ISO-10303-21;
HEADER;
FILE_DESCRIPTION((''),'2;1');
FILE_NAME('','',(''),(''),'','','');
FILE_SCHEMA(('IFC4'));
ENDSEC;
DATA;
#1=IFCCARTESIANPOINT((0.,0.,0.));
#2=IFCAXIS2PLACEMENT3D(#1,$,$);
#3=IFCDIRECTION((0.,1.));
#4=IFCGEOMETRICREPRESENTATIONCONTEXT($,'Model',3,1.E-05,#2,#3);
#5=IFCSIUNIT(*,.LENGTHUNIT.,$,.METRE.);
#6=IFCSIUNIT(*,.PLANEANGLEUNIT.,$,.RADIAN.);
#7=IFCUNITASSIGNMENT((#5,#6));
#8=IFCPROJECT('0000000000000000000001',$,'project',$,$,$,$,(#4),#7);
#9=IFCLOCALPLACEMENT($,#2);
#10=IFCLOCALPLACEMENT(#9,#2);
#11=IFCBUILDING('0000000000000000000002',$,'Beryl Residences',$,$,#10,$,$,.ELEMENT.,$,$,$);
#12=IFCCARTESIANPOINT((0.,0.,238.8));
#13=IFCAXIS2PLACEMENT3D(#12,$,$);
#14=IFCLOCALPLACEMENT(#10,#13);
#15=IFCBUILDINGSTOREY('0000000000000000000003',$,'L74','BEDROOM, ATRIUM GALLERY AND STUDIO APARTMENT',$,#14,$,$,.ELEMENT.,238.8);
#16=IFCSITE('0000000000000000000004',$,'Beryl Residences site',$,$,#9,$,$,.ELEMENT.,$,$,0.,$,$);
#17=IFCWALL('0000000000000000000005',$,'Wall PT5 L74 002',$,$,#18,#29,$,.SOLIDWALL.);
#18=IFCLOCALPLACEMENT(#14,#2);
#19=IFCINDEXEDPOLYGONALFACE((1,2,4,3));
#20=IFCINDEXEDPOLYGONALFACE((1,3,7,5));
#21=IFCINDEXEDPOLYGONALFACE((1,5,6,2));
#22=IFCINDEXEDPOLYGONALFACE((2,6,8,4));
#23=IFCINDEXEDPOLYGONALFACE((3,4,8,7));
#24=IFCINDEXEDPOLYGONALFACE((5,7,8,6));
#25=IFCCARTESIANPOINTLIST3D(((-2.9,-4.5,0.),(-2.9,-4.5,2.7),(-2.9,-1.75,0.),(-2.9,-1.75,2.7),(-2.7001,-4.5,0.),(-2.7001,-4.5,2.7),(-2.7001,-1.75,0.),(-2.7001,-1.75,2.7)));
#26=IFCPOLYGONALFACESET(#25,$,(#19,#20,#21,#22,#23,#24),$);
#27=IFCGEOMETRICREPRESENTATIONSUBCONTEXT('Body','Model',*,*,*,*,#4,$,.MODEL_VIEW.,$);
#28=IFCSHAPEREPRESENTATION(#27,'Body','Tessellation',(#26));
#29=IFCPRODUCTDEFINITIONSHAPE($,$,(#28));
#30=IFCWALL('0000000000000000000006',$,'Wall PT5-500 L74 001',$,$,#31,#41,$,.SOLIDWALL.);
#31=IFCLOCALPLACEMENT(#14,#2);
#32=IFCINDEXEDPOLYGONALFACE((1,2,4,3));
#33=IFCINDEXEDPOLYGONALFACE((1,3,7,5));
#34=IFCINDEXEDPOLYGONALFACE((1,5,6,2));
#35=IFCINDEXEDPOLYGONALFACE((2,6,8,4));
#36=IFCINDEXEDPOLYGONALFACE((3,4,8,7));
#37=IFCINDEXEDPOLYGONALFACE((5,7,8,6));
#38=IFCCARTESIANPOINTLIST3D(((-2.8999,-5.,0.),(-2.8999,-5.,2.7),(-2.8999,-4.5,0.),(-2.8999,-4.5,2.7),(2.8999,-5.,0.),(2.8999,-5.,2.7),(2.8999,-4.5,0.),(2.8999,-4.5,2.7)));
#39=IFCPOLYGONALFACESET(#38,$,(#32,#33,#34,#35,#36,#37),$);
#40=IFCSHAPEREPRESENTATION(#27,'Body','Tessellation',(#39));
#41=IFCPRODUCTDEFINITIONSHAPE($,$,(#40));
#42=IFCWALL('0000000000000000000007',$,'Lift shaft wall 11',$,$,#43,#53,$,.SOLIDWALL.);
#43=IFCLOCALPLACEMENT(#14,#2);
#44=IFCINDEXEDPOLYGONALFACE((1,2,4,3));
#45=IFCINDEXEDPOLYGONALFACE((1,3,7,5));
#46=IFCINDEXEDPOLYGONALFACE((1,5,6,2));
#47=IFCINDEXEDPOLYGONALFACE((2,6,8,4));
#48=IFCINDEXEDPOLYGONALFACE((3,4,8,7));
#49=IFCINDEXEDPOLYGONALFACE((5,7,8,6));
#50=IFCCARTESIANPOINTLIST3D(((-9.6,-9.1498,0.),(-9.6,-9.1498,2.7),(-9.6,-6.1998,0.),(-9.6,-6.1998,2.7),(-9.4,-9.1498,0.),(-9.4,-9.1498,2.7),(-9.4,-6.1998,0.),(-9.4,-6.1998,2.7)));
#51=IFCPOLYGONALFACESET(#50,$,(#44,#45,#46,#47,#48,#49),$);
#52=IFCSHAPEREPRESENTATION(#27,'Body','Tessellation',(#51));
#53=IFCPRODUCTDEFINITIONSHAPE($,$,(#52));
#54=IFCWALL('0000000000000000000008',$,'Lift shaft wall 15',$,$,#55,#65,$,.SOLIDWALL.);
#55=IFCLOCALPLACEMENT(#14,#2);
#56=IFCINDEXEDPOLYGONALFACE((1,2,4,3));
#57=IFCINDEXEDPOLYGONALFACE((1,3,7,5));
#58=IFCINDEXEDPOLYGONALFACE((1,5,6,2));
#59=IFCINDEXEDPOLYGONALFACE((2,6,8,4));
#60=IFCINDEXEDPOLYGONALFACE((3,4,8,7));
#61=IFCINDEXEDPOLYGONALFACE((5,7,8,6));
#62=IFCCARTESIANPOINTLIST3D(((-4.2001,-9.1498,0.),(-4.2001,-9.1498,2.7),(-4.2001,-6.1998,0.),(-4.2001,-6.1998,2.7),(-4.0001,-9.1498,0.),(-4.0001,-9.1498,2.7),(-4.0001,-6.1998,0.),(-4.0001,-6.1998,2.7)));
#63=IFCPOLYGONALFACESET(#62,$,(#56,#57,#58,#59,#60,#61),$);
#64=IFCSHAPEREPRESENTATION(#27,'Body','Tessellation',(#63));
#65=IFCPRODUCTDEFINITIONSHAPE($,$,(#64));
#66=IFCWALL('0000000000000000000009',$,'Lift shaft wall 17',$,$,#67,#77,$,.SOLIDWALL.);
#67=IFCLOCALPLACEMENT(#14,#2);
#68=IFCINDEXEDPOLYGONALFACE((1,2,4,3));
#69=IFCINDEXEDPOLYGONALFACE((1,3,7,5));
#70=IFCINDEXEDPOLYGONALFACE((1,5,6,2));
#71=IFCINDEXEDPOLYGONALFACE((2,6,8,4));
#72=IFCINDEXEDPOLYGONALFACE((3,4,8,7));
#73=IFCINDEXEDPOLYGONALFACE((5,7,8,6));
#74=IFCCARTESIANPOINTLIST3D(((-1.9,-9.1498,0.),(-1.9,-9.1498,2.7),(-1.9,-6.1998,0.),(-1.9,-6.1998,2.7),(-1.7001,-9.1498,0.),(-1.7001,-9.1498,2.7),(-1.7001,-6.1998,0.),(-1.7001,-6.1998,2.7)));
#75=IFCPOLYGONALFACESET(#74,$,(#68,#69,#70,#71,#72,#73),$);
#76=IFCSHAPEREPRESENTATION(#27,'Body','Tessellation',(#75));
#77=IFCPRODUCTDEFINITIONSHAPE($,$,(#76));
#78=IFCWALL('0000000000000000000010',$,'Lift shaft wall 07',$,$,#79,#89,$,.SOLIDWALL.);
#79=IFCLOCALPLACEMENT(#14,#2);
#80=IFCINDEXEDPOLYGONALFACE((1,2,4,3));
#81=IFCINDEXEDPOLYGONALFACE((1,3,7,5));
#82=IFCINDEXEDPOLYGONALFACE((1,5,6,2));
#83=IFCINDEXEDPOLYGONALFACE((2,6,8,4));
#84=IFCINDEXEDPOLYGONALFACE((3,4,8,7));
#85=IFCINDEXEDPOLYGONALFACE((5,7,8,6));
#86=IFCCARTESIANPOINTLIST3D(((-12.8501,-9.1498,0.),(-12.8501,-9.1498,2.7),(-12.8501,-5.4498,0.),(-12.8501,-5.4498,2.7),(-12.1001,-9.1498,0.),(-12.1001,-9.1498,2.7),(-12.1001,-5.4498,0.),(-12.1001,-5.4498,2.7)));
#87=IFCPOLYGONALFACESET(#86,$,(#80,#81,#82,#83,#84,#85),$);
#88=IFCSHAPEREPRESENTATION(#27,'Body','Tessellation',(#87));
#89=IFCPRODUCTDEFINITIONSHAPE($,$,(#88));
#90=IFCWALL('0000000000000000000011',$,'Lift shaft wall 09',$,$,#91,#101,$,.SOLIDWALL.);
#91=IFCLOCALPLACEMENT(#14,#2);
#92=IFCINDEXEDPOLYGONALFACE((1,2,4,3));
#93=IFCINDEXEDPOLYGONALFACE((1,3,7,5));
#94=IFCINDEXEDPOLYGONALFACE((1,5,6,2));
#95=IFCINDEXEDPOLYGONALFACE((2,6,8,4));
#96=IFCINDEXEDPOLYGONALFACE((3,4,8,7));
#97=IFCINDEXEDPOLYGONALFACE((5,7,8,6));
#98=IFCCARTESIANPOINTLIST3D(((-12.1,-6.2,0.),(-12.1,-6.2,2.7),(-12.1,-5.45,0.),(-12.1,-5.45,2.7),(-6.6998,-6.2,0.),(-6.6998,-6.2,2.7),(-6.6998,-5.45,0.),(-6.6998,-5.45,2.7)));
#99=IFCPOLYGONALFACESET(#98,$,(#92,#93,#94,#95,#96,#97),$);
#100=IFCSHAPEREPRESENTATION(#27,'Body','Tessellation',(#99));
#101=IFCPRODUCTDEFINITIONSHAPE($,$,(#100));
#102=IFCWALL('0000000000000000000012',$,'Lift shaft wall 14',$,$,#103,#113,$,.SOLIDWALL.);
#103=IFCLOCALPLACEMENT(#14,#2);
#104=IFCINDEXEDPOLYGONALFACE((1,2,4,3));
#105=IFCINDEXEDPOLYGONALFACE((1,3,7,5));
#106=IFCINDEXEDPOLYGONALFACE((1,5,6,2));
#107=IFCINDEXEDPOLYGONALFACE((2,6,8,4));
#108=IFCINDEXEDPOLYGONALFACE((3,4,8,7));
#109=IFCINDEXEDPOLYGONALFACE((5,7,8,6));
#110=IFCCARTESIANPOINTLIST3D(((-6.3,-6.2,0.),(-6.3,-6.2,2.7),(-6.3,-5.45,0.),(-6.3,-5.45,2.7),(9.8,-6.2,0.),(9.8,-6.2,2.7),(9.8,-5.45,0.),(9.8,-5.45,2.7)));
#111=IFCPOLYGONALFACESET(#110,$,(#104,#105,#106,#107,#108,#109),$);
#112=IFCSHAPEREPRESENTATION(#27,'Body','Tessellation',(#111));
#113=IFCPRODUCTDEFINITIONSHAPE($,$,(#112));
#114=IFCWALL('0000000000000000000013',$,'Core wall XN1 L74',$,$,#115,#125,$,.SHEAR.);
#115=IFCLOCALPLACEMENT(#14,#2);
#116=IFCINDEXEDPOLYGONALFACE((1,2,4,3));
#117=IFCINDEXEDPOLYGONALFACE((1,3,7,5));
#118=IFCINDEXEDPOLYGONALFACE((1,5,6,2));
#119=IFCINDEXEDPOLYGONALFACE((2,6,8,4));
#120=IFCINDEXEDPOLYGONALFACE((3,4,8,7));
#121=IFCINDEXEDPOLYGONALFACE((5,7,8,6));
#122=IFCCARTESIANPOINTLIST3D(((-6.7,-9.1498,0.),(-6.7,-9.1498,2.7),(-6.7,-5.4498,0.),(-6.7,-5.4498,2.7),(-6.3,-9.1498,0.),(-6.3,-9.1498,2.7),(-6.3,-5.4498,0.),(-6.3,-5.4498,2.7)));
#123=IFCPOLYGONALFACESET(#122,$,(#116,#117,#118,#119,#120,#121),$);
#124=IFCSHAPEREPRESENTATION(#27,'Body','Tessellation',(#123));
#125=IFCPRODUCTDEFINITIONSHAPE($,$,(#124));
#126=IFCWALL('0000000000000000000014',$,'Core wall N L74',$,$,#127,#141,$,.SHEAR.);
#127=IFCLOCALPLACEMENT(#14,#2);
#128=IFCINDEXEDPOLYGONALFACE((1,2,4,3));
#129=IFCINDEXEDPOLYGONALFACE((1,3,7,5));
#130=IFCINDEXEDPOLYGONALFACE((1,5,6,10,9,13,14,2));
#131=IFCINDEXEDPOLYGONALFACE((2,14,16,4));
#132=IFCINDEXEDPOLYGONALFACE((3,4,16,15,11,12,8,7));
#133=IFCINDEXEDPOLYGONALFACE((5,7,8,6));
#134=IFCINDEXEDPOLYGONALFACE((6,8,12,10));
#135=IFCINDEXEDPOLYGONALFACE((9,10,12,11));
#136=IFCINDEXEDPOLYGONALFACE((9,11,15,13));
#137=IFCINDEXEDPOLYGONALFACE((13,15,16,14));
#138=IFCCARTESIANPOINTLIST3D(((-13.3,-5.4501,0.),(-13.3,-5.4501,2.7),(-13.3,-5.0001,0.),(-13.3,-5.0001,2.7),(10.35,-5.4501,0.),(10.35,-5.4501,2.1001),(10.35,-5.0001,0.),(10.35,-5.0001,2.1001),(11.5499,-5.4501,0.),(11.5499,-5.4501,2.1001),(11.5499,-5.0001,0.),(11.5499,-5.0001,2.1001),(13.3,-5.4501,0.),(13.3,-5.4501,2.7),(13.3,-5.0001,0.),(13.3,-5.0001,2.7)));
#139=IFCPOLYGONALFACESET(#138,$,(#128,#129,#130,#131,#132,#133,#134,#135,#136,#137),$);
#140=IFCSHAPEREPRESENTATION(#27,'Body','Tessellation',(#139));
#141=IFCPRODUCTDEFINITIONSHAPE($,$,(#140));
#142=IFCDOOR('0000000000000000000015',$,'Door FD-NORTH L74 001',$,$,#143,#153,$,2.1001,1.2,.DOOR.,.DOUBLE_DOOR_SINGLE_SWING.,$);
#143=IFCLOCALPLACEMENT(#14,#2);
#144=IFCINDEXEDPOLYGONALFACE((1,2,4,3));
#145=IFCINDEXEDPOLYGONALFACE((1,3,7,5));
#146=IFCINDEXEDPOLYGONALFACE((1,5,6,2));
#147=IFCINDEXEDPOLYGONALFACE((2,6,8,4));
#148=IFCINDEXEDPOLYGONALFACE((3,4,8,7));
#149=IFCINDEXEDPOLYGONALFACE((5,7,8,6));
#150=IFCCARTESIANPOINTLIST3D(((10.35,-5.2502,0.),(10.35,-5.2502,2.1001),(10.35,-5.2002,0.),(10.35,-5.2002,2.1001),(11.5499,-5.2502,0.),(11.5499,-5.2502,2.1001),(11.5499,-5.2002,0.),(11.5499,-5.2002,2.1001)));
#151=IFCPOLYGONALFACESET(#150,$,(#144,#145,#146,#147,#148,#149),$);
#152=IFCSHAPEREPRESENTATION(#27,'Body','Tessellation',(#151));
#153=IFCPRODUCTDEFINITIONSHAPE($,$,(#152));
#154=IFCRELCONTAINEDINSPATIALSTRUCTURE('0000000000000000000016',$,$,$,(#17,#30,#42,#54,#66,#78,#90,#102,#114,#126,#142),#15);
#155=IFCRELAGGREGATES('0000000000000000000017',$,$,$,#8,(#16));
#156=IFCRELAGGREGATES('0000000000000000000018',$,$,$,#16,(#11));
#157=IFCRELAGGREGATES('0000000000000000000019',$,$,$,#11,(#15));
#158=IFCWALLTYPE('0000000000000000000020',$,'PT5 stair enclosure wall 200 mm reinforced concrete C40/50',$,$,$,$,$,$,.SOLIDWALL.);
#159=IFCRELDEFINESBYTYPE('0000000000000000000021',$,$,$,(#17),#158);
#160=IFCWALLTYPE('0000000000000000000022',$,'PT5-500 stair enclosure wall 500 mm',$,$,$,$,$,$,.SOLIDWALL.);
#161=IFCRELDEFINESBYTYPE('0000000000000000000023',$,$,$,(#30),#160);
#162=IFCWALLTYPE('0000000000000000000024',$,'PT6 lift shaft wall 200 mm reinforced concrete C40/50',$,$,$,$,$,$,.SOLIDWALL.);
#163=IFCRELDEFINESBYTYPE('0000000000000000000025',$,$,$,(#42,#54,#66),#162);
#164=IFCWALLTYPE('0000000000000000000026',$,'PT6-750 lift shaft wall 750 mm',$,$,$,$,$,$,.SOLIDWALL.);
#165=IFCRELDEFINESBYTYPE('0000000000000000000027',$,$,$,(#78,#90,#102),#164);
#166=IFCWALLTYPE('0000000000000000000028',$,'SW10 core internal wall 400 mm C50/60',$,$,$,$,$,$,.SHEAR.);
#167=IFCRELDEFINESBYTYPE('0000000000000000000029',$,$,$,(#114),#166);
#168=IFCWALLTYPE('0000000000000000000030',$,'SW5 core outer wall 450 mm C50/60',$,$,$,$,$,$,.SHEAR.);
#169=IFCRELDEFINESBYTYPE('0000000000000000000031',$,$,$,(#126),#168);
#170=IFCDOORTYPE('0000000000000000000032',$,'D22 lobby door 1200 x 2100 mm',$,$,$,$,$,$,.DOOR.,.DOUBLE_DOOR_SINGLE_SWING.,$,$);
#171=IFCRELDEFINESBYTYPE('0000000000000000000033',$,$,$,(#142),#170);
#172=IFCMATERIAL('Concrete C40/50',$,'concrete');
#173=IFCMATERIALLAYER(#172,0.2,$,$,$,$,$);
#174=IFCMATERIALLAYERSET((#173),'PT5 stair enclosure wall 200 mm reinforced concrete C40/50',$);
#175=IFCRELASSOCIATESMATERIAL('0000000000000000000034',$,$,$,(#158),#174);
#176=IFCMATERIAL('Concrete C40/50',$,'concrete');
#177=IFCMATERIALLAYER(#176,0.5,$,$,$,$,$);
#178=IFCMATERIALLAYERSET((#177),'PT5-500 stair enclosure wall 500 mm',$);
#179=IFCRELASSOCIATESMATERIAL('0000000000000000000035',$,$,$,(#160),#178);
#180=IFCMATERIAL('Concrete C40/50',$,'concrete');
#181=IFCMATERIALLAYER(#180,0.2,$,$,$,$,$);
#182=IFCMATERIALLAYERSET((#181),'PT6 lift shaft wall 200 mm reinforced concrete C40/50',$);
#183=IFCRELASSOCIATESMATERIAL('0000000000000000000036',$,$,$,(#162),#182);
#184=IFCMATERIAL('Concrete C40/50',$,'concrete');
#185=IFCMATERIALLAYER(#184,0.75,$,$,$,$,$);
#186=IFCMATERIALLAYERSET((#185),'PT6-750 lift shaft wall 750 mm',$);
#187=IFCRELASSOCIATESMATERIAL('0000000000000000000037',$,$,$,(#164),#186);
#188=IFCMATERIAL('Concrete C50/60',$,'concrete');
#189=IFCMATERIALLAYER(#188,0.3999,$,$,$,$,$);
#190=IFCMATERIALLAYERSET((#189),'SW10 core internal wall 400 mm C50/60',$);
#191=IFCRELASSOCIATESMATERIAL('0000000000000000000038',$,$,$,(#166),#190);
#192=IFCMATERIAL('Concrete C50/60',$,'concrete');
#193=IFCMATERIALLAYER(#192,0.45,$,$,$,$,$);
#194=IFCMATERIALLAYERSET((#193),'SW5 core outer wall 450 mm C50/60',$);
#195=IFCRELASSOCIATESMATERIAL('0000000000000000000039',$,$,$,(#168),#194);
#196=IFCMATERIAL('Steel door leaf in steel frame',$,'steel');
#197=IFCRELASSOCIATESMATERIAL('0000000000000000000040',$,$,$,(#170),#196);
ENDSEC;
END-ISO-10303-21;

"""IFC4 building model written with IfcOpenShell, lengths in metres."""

from ifc_helpers import new_model, si_unit, direction, frame, frame_2d, origin, place, context, subcontext, project, spatial, rectangle, extrude, material, layer, layer_set, type_object, element, fill, save


model = new_model("IFC4")

# Units and contexts
model_context = context("Model", 3, precision=1e-05, world=origin(), true_north=direction((0.0, 1.0)))
body_context = subcontext(model_context, "Body", "Model", "MODEL_VIEW")
ifc_project = project(units=[si_unit("LENGTHUNIT", "METRE"), si_unit("PLANEANGLEUNIT", "RADIAN")], contexts=[model_context])

# Site, building, storey
site_placement = place(None, origin())
site = spatial("IfcSite", under=ifc_project, at=site_placement, Name="Beryl Residences site", CompositionType="ELEMENT", RefElevation=0.0)
building_placement = place(site_placement, origin())
building = spatial("IfcBuilding", under=site, at=building_placement, Name="Beryl Residences", CompositionType="ELEMENT")
storey_placement = place(building_placement, frame((0.0, 0.0, 238.8)))
storey = spatial("IfcBuildingStorey", under=building, at=storey_placement, Name="L74", Description="BEDROOM, ATRIUM GALLERY AND STUDIO APARTMENT", CompositionType="ELEMENT", Elevation=238.8)

# Walls
ifc_material_1 = material(Name="Concrete C40/50", Category="concrete")
ifc_layer_1 = layer(ifc_material_1, 0.2)
ifc_layer_set_1 = layer_set([ifc_layer_1], Name="PT5 stair enclosure wall 200 mm reinforced concrete C40/50")
wall_type_1 = type_object("IfcWallType", Name="PT5 stair enclosure wall 200 mm reinforced concrete C40/50", PredefinedType="SOLIDWALL", material=ifc_layer_set_1)
wall_1_placement = place(storey_placement, frame((-2.8, -4.5, 0.0), z_axis=(0.0, 0.0, 1.0), x_axis=(0.0, 1.0, 0.0)))
element("IfcWall", 1, at=wall_1_placement, inside=storey, type_object=wall_type_1, Name="Wall PT5 L74 002", PredefinedType="SOLIDWALL", context=body_context, shape_type="SweptSolid", body=[
    extrude(rectangle(XDim=2.75, YDim=0.2, at=frame_2d((1.375, 0.0))), origin(), (0.0, 0.0, 1.0), 2.7),
])
ifc_material_2 = material(Name="Concrete C40/50", Category="concrete")
ifc_layer_2 = layer(ifc_material_2, 0.5)
ifc_layer_set_2 = layer_set([ifc_layer_2], Name="PT5-500 stair enclosure wall 500 mm")
wall_type_2 = type_object("IfcWallType", Name="PT5-500 stair enclosure wall 500 mm", PredefinedType="SOLIDWALL", material=ifc_layer_set_2)
wall_2_placement = place(storey_placement, frame((-2.8999, -4.75, 0.0), z_axis=(0.0, 0.0, 1.0), x_axis=(1.0, 0.0, 0.0)))
element("IfcWall", 2, at=wall_2_placement, inside=storey, type_object=wall_type_2, Name="Wall PT5-500 L74 001", PredefinedType="SOLIDWALL", context=body_context, shape_type="SweptSolid", body=[
    extrude(rectangle(XDim=5.7998, YDim=0.5, at=frame_2d((2.8999, 0.0))), origin(), (0.0, 0.0, 1.0), 2.7),
])
ifc_material_3 = material(Name="Concrete C40/50", Category="concrete")
ifc_layer_3 = layer(ifc_material_3, 0.2)
ifc_layer_set_3 = layer_set([ifc_layer_3], Name="PT6 lift shaft wall 200 mm reinforced concrete C40/50")
wall_type_3 = type_object("IfcWallType", Name="PT6 lift shaft wall 200 mm reinforced concrete C40/50", PredefinedType="SOLIDWALL", material=ifc_layer_set_3)
for number, where, z_axis, x_axis, name in (
    (3, (-9.5, -9.1499, 0.0), (0.0, 0.0, 1.0), (0.0, 1.0, 0.0), "Lift shaft wall 11"),
    (4, (-4.1001, -9.1499, 0.0), (0.0, 0.0, 1.0), (0.0, 1.0, 0.0), "Lift shaft wall 15"),
    (5, (-1.8, -9.1499, 0.0), (0.0, 0.0, 1.0), (0.0, 1.0, 0.0), "Lift shaft wall 17"),
):
    element("IfcWall", number, at=place(storey_placement, frame(where, z_axis=z_axis, x_axis=x_axis)), inside=storey, type_object=wall_type_3, Name=name, PredefinedType="SOLIDWALL", context=body_context, shape_type="SweptSolid", body=[
        extrude(rectangle(XDim=2.95, YDim=0.2, at=frame_2d((1.4751, 0.0))), origin(), (0.0, 0.0, 1.0), 2.7),
    ])
ifc_material_4 = material(Name="Concrete C40/50", Category="concrete")
ifc_layer_4 = layer(ifc_material_4, 0.75)
ifc_layer_set_4 = layer_set([ifc_layer_4], Name="PT6-750 lift shaft wall 750 mm")
wall_type_4 = type_object("IfcWallType", Name="PT6-750 lift shaft wall 750 mm", PredefinedType="SOLIDWALL", material=ifc_layer_set_4)
wall_3_placement = place(storey_placement, frame((-12.4751, -9.1499, 0.0), z_axis=(0.0, 0.0, 1.0), x_axis=(0.0, 1.0, 0.0)))
element("IfcWall", 6, at=wall_3_placement, inside=storey, type_object=wall_type_4, Name="Lift shaft wall 07", PredefinedType="SOLIDWALL", context=body_context, shape_type="SweptSolid", body=[
    extrude(rectangle(XDim=3.7, YDim=0.75, at=frame_2d((1.8501, 0.0))), origin(), (0.0, 0.0, 1.0), 2.7),
])
wall_4_placement = place(storey_placement, frame((-12.1001, -5.825, 0.0), z_axis=(0.0, 0.0, 1.0), x_axis=(1.0, 0.0, 0.0)))
element("IfcWall", 7, at=wall_4_placement, inside=storey, type_object=wall_type_4, Name="Lift shaft wall 09", PredefinedType="SOLIDWALL", context=body_context, shape_type="SweptSolid", body=[
    extrude(rectangle(XDim=5.4001, YDim=0.75, at=frame_2d((2.7002, 0.0))), origin(), (0.0, 0.0, 1.0), 2.7),
])
wall_5_placement = place(storey_placement, frame((-6.3, -5.825, 0.0), z_axis=(0.0, 0.0, 1.0), x_axis=(1.0, 0.0, 0.0)))
element("IfcWall", 8, at=wall_5_placement, inside=storey, type_object=wall_type_4, Name="Lift shaft wall 14", PredefinedType="SOLIDWALL", context=body_context, shape_type="SweptSolid", body=[
    extrude(rectangle(XDim=16.1001, YDim=0.75, at=frame_2d((8.05, 0.0))), origin(), (0.0, 0.0, 1.0), 2.7),
])
ifc_material_5 = material(Name="Concrete C50/60", Category="concrete")
ifc_layer_5 = layer(ifc_material_5, 0.3999)
ifc_layer_set_5 = layer_set([ifc_layer_5], Name="SW10 core internal wall 400 mm C50/60")
wall_type_5 = type_object("IfcWallType", Name="SW10 core internal wall 400 mm C50/60", PredefinedType="SHEAR", material=ifc_layer_set_5)
wall_6_placement = place(storey_placement, frame((-6.5, -9.1499, 0.0), z_axis=(0.0, 0.0, 1.0), x_axis=(0.0, 1.0, 0.0)))
element("IfcWall", 9, at=wall_6_placement, inside=storey, type_object=wall_type_5, Name="Core wall XN1 L74", PredefinedType="SHEAR", context=body_context, shape_type="SweptSolid", body=[
    extrude(rectangle(XDim=3.7, YDim=0.3999, at=frame_2d((1.8501, 0.0))), origin(), (0.0, 0.0, 1.0), 2.7),
])

# Wall, opening, door
ifc_material_6 = material(Name="Concrete C50/60", Category="concrete")
ifc_layer_6 = layer(ifc_material_6, 0.45)
ifc_layer_set_6 = layer_set([ifc_layer_6], Name="SW5 core outer wall 450 mm C50/60")
wall_type_6 = type_object("IfcWallType", Name="SW5 core outer wall 450 mm C50/60", PredefinedType="SHEAR", material=ifc_layer_set_6)
wall_7_placement = place(storey_placement, frame((-13.3, -5.2251, 0.0), z_axis=(0.0, 0.0, 1.0), x_axis=(1.0, 0.0, 0.0)))
wall_7 = element("IfcWall", 10, at=wall_7_placement, inside=storey, type_object=wall_type_6, Name="Core wall N L74", PredefinedType="SHEAR", context=body_context, shape_type="SweptSolid", body=[
    extrude(rectangle(XDim=26.6001, YDim=0.45, at=frame_2d((13.3, 0.0))), origin(), (0.0, 0.0, 1.0), 2.7),
])
opening_placement = place(wall_7_placement, frame((23.6499, 0.0, 0.0)))
opening = element("IfcOpeningElement", 11, at=opening_placement, cuts=wall_7, PredefinedType="OPENING", context=body_context, shape_type="SweptSolid", body=[
    extrude(rectangle(XDim=1.2, YDim=2.1001, at=frame_2d((0.6001, 1.05))), frame((0.0, 0.2349, 0.0), z_axis=(0.0, -1.0, 0.0), x_axis=(1.0, 0.0, 0.0)), (0.0, 0.0, 1.0), 0.47),
])
ifc_material_7 = material(Name="Steel door leaf in steel frame", Category="steel")
door_type = type_object("IfcDoorType", Name="D22 lobby door 1200 x 2100 mm", OperationType="DOUBLE_DOOR_SINGLE_SWING", PredefinedType="DOOR", material=ifc_material_7)
door_placement = place(opening_placement, origin())
door = element("IfcDoor", 12, at=door_placement, inside=storey, type_object=door_type, Name="Door FD-NORTH L74 001", OperationType="DOUBLE_DOOR_SINGLE_SWING", OverallHeight=2.1001, OverallWidth=1.2, PredefinedType="DOOR", context=body_context, shape_type="SweptSolid", body=[
    extrude(rectangle(XDim=1.2, YDim=2.1001, at=frame_2d((0.6001, 1.05))), frame((0.0, 0.0249, 0.0), z_axis=(0.0, -1.0, 0.0), x_axis=(1.0, 0.0, 0.0)), (0.0, 0.0, 1.0), 0.05),
])
fill(opening, door)

save(model, "model.ifc")
